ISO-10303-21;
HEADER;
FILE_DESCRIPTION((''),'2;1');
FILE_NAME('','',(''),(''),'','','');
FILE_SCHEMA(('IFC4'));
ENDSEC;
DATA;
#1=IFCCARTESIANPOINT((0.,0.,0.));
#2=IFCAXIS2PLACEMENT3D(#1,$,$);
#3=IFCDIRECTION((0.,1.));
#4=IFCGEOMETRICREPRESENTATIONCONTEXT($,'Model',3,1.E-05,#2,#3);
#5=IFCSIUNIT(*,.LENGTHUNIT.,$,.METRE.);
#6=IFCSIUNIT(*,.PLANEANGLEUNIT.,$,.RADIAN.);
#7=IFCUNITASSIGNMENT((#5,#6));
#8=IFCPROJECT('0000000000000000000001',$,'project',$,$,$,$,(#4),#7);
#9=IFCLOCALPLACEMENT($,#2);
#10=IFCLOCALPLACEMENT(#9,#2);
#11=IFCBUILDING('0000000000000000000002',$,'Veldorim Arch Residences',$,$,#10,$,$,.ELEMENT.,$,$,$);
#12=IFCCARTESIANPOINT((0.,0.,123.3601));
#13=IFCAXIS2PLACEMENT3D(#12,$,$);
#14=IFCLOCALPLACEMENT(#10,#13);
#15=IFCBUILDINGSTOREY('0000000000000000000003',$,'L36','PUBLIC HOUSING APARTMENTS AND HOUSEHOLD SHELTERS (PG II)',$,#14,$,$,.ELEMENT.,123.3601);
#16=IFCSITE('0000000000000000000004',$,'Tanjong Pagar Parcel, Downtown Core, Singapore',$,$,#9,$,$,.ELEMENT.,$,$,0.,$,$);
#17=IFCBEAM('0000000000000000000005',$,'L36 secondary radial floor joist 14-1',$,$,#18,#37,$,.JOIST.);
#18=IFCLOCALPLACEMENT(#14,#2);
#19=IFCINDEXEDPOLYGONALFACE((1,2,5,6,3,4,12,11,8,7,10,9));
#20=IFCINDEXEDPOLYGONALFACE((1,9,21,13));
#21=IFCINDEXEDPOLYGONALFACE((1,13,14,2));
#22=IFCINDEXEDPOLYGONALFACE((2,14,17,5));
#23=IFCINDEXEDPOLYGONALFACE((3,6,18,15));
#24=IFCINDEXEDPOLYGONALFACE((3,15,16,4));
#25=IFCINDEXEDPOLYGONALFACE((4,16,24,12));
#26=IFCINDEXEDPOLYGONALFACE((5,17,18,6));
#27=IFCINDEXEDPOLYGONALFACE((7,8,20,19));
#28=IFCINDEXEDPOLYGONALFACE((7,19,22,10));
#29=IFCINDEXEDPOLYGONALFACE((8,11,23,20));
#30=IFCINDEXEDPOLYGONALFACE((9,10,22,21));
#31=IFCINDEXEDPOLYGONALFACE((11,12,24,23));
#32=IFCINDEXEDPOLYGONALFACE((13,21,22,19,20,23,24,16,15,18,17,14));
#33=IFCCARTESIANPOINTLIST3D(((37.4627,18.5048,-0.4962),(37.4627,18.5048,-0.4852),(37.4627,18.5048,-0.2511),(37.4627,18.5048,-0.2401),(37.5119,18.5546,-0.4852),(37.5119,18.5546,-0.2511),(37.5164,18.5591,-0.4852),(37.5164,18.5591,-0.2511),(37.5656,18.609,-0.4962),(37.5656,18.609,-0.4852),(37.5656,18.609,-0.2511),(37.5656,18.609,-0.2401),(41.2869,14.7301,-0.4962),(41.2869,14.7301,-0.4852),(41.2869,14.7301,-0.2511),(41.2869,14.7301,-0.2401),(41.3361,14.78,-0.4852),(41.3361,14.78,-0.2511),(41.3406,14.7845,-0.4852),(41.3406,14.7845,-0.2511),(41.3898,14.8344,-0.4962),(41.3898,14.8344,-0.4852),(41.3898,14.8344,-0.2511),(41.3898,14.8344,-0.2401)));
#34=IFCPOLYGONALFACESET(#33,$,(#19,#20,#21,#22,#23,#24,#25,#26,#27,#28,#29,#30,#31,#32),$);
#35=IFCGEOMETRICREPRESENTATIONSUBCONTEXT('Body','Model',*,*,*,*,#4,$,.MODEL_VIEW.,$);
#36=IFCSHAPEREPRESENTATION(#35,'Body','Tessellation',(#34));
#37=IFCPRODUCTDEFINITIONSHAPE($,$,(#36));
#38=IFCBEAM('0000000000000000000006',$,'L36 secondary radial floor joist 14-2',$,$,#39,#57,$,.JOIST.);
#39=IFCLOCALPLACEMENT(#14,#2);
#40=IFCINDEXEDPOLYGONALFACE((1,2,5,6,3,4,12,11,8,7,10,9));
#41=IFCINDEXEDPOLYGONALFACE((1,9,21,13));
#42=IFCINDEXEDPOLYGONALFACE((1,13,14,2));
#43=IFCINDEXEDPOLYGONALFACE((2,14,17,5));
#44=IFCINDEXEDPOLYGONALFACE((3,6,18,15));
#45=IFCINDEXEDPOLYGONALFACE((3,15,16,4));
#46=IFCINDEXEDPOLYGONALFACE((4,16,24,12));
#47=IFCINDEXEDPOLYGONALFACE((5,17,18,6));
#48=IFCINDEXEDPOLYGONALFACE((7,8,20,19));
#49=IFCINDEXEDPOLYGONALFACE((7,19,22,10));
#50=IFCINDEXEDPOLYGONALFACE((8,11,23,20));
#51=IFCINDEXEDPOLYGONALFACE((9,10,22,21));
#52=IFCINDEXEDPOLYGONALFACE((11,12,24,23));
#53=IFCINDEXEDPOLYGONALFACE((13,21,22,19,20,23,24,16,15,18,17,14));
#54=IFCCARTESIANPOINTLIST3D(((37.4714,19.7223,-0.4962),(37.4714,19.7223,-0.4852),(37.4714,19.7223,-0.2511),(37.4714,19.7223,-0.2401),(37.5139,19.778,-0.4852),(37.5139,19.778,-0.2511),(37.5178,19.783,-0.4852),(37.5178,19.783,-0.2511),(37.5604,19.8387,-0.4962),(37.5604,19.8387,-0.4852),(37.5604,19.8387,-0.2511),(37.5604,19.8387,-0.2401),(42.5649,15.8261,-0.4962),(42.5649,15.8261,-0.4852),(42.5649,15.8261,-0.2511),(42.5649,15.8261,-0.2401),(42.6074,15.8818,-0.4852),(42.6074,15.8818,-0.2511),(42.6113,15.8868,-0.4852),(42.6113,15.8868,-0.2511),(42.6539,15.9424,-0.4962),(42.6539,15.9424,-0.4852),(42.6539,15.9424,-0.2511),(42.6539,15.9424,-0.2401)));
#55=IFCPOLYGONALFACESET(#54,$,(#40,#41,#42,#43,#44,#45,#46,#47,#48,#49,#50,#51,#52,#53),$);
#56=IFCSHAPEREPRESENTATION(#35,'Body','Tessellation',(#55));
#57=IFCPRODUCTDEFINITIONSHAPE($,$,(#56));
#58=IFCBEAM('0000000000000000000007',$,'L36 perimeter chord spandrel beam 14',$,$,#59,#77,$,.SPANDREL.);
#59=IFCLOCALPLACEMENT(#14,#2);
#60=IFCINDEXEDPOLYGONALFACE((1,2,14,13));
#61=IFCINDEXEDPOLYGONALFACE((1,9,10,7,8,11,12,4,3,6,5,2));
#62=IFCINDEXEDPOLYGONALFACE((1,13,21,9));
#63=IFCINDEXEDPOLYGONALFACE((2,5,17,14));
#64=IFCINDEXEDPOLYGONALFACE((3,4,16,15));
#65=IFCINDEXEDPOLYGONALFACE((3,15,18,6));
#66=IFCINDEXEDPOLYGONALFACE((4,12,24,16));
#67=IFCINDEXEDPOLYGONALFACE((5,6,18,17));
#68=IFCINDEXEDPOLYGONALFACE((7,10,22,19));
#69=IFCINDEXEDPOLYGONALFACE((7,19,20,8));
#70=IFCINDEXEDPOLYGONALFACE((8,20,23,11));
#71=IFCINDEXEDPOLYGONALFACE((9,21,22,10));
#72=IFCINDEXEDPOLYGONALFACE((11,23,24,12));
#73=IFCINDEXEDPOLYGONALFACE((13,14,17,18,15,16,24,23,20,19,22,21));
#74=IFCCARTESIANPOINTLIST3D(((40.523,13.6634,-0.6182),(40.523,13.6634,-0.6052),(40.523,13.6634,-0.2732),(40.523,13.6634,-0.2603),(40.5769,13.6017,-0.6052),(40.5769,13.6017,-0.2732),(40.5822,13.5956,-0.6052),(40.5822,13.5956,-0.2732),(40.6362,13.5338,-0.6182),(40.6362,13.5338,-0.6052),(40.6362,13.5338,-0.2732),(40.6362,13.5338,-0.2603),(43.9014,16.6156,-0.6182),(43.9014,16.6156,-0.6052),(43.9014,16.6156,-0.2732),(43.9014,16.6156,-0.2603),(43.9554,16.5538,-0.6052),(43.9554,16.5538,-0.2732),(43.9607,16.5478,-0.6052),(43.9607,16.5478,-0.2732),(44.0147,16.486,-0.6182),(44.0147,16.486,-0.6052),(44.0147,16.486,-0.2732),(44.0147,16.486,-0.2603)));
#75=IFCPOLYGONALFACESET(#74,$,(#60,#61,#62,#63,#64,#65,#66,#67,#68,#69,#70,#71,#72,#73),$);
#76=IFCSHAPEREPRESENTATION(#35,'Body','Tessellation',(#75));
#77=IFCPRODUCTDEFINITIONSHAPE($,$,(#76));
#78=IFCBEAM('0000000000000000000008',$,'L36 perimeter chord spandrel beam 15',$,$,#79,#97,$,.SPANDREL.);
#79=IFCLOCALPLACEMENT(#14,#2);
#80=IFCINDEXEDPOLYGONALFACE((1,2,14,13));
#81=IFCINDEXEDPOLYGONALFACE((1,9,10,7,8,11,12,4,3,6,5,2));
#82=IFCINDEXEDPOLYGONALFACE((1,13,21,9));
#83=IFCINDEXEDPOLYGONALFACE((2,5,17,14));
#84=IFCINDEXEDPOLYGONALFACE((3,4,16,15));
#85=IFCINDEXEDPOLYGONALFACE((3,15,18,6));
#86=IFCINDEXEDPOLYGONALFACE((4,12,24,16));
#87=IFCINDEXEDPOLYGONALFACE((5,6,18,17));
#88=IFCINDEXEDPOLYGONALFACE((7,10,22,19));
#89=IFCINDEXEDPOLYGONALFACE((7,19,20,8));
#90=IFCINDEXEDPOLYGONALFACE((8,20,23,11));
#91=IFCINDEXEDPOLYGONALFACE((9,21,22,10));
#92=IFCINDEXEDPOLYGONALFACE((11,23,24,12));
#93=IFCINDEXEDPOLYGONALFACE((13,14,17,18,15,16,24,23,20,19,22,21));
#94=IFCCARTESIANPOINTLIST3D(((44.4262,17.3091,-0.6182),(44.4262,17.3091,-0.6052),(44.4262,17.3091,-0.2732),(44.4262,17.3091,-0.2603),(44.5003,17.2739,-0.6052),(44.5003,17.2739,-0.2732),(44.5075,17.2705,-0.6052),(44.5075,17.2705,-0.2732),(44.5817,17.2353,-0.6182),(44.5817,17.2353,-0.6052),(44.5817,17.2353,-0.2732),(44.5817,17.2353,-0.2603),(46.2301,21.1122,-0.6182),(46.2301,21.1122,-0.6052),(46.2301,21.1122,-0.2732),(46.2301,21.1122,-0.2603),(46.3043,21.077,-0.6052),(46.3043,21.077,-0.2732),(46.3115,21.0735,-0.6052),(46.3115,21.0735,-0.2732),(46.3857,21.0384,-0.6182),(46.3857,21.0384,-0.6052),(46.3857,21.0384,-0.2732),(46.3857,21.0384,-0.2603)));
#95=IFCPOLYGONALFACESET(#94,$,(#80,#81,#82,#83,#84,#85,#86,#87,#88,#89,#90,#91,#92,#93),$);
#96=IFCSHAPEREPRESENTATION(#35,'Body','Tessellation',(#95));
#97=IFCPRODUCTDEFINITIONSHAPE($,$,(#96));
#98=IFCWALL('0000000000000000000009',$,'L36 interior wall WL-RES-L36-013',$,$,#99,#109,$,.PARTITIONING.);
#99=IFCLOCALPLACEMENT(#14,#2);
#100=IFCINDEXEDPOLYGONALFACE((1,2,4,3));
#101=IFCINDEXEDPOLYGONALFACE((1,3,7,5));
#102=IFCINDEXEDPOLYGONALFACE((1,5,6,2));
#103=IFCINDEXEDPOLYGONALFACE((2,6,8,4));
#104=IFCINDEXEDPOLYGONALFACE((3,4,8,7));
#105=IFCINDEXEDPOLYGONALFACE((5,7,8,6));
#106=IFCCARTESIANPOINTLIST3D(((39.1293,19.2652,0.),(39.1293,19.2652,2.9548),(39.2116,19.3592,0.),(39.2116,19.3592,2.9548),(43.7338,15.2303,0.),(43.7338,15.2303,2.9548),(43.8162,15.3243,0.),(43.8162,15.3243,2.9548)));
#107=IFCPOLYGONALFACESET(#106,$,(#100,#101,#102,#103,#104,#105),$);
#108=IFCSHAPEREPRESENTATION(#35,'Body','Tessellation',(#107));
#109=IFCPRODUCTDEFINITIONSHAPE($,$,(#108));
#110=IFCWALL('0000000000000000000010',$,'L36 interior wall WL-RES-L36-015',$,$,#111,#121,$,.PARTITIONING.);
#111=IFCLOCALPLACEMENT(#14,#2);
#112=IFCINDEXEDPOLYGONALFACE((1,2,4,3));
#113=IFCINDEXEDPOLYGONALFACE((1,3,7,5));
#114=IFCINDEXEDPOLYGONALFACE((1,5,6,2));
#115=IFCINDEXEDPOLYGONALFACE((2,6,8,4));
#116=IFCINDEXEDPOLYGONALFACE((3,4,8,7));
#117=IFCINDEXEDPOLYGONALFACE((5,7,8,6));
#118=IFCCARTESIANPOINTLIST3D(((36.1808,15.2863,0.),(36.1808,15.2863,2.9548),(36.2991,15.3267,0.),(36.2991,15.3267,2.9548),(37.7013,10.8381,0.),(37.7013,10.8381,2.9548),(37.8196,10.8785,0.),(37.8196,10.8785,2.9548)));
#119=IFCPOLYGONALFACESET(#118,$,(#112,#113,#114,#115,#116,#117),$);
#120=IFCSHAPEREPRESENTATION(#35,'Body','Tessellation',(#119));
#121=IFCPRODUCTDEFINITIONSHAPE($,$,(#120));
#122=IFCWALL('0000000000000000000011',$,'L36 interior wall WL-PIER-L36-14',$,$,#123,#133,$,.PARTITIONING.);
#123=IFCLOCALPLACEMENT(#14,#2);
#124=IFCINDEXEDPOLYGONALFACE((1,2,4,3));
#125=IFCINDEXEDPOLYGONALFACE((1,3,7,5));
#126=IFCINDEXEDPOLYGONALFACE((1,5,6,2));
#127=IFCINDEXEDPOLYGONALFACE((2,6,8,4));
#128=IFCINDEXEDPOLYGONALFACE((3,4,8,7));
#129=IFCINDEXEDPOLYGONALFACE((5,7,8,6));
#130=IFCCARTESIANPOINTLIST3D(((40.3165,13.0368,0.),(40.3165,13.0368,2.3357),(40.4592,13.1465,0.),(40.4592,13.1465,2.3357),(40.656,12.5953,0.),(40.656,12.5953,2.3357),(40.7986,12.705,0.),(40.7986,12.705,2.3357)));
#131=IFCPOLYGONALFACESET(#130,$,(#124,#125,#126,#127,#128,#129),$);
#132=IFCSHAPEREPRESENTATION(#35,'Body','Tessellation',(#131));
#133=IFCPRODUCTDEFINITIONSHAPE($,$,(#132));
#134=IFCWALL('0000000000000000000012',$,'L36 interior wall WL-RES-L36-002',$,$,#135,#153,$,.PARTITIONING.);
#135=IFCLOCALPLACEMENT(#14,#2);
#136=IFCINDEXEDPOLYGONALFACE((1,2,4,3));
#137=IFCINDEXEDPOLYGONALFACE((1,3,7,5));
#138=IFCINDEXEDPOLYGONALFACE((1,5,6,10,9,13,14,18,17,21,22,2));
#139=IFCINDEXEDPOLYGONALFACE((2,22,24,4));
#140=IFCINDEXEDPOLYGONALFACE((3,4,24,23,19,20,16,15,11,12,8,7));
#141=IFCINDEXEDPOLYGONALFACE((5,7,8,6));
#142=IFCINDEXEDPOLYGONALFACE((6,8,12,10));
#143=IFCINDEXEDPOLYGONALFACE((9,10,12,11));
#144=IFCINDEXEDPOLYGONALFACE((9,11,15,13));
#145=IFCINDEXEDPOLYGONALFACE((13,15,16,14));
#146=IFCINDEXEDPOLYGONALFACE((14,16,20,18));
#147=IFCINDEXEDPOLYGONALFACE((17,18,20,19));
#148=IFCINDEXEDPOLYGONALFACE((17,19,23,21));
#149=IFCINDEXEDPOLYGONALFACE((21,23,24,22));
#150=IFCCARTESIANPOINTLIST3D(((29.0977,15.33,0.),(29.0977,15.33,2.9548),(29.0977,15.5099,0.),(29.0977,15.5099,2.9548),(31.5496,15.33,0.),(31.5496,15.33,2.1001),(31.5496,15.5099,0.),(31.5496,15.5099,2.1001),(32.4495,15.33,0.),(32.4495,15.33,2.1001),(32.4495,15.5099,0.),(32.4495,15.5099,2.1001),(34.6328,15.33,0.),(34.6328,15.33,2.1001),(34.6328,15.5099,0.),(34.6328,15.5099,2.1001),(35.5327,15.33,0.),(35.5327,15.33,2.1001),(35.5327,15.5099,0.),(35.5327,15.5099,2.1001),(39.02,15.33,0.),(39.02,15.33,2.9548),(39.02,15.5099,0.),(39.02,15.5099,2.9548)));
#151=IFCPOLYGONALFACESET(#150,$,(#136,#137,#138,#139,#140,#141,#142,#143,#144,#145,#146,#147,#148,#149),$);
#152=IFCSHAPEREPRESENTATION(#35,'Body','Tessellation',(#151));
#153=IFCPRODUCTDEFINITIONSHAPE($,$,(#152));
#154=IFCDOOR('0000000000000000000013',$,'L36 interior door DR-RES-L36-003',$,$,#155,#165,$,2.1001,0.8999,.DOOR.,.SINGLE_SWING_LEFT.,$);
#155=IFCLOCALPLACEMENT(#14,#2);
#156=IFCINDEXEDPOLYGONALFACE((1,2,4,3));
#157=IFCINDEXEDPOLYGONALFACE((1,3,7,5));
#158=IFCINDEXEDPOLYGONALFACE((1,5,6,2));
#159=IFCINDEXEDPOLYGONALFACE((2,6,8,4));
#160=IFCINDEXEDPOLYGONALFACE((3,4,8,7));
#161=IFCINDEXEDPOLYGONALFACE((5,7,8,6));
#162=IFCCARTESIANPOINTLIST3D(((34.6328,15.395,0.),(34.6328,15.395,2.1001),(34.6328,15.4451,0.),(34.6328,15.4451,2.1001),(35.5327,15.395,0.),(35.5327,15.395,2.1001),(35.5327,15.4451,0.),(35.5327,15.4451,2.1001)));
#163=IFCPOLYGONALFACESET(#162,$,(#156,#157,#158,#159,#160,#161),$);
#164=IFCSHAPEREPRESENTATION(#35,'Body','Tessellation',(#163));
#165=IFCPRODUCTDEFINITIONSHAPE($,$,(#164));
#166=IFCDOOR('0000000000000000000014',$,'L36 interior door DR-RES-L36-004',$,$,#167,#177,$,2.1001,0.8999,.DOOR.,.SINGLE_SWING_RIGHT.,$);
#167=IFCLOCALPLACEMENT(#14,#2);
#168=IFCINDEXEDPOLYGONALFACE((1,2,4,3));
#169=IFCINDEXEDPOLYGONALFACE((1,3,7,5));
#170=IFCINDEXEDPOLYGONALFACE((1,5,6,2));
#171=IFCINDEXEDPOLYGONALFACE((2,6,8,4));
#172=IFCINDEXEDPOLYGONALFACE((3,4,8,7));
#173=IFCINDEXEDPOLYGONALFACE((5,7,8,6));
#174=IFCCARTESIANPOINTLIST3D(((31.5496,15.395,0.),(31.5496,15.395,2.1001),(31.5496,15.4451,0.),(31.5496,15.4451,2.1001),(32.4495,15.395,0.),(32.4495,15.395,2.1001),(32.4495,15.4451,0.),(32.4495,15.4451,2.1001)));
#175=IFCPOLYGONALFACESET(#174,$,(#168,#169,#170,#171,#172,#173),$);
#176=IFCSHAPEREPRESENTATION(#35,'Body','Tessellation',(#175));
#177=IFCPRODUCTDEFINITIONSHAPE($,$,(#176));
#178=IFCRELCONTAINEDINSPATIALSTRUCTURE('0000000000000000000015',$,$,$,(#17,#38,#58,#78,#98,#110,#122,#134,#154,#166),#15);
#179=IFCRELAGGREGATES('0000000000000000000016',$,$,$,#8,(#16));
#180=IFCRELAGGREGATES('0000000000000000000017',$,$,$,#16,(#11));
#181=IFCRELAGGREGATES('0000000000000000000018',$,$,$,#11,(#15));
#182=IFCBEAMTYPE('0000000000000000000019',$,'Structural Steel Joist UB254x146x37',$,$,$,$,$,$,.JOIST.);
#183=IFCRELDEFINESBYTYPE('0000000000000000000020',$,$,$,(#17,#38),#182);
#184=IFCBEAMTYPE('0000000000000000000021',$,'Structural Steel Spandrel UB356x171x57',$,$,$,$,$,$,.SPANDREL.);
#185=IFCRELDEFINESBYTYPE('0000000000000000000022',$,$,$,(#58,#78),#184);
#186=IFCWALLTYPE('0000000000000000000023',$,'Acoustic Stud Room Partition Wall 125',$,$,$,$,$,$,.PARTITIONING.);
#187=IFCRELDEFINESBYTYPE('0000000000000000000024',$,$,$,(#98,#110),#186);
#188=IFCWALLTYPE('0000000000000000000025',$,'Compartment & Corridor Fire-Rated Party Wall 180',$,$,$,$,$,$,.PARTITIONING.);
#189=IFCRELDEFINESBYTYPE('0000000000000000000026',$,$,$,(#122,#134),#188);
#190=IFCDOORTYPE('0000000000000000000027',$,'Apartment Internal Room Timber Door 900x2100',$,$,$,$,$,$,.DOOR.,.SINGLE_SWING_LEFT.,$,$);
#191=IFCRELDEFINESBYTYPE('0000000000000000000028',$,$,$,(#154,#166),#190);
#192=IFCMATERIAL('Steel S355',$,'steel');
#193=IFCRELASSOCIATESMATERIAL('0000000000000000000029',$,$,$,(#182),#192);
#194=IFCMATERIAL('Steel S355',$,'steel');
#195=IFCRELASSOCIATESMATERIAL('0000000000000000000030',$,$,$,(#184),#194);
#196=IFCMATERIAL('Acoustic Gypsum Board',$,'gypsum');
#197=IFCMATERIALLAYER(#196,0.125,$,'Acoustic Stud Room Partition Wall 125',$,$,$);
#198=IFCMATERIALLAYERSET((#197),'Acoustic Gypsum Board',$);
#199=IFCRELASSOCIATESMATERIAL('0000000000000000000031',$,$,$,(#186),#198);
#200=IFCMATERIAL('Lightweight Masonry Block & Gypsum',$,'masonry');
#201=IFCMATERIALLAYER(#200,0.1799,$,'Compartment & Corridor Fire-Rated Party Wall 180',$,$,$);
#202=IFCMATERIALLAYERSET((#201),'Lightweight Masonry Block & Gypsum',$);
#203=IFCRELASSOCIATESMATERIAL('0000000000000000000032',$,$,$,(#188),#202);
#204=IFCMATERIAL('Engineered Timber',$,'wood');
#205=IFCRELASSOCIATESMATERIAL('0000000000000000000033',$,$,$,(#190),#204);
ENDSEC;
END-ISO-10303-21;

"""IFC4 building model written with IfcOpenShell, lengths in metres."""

from ifc_helpers import new_model, si_unit, direction, frame, frame_2d, origin, origin_2d, place, context, subcontext, project, spatial, rectangle, i_section, extrude, material, layer, layer_set, material_profile, profile_set, type_object, element, fill, save


model = new_model("IFC4")

# Units and contexts
model_context = context("Model", 3, precision=1e-05, world=origin(), true_north=direction((0.0, 1.0)))
body_context = subcontext(model_context, "Body", "Model", "MODEL_VIEW")
ifc_project = project(units=[si_unit("LENGTHUNIT", "METRE"), si_unit("PLANEANGLEUNIT", "RADIAN")], contexts=[model_context])

# Site, building, storey
site_placement = place(None, origin())
site = spatial("IfcSite", under=ifc_project, at=site_placement, Name="Tanjong Pagar Parcel, Downtown Core, Singapore", CompositionType="ELEMENT", RefElevation=0.0)
building_placement = place(site_placement, origin())
building = spatial("IfcBuilding", under=site, at=building_placement, Name="Veldorim Arch Residences", CompositionType="ELEMENT")
storey_placement = place(building_placement, frame((0.0, 0.0, 123.3601)))
storey = spatial("IfcBuildingStorey", under=building, at=storey_placement, Name="L36", Description="PUBLIC HOUSING APARTMENTS AND HOUSEHOLD SHELTERS (PG II)", CompositionType="ELEMENT", Elevation=123.3601)

# Beams
ifc_material_1 = material(Name="Steel S355", Category="steel")
ifc_material_profile_1 = material_profile(ifc_material_1, i_section(OverallWidth=0.1465, OverallDepth=0.2561, WebThickness=0.0063, FlangeThickness=0.011, at=origin_2d()), Name="UB254x146x37")
ifc_profile_set_1 = profile_set([ifc_material_profile_1], Name="Steel S355")
beam_type_1 = type_object("IfcBeamType", Name="Structural Steel Joist UB254x146x37", PredefinedType="JOIST", material=ifc_profile_set_1)
beam_1_placement = place(storey_placement, frame((37.5142, 18.5569, -0.3682), z_axis=(0.711703, -0.70248, 0.0), x_axis=(0.70248, 0.711703, 0.0)))
element("IfcBeam", 1, at=beam_1_placement, inside=storey, type_object=beam_type_1, Name="L36 secondary radial floor joist 14-1", PredefinedType="JOIST", context=body_context, shape_type="SweptSolid", body=[
    extrude(i_section(OverallWidth=0.1465, OverallDepth=0.2561, WebThickness=0.0063, FlangeThickness=0.011, at=origin_2d()), origin(), (0.0, 0.0, 1.0), 5.3733),
])
beam_2_placement = place(storey_placement, frame((37.5159, 19.7805, -0.3682), z_axis=(0.794267, -0.607569, 0.0), x_axis=(0.607569, 0.794267, 0.0)))
element("IfcBeam", 2, at=beam_2_placement, inside=storey, type_object=beam_type_1, Name="L36 secondary radial floor joist 14-2", PredefinedType="JOIST", context=body_context, shape_type="SweptSolid", body=[
    extrude(i_section(OverallWidth=0.1465, OverallDepth=0.2561, WebThickness=0.0063, FlangeThickness=0.011, at=origin_2d()), origin(), (0.0, 0.0, 1.0), 6.4128),
])
ifc_material_2 = material(Name="Steel S355", Category="steel")
ifc_material_profile_2 = material_profile(ifc_material_2, i_section(OverallWidth=0.1721, OverallDepth=0.3579, WebThickness=0.0081, FlangeThickness=0.0129, at=origin_2d()), Name="UB356x171x57")
ifc_profile_set_2 = profile_set([ifc_material_profile_2], Name="Steel S355")
beam_type_2 = type_object("IfcBeamType", Name="Structural Steel Spandrel UB356x171x57", PredefinedType="SPANDREL", material=ifc_profile_set_2)
beam_3_placement = place(storey_placement, frame((40.5796, 13.5986, -0.4392), z_axis=(0.753015, 0.658004, 0.0), x_axis=(-0.658004, 0.753015, 0.0)))
element("IfcBeam", 3, at=beam_3_placement, inside=storey, type_object=beam_type_2, Name="L36 perimeter chord spandrel beam 14", PredefinedType="SPANDREL", context=body_context, shape_type="SweptSolid", body=[
    extrude(i_section(OverallWidth=0.1721, OverallDepth=0.3579, WebThickness=0.0081, FlangeThickness=0.0129, at=origin_2d()), origin(), (0.0, 0.0, 1.0), 4.4866),
])
beam_4_placement = place(storey_placement, frame((44.5039, 17.2722, -0.4392), z_axis=(0.42858, 0.903504, 0.0), x_axis=(-0.903504, 0.42858, 0.0)))
element("IfcBeam", 4, at=beam_4_placement, inside=storey, type_object=beam_type_2, Name="L36 perimeter chord spandrel beam 15", PredefinedType="SPANDREL", context=body_context, shape_type="SweptSolid", body=[
    extrude(i_section(OverallWidth=0.1721, OverallDepth=0.3579, WebThickness=0.0081, FlangeThickness=0.0129, at=origin_2d()), origin(), (0.0, 0.0, 1.0), 4.2092),
])

# Walls
ifc_material_3 = material(Name="Acoustic Gypsum Board", Category="gypsum")
ifc_layer_1 = layer(ifc_material_3, 0.125, Name="Acoustic Stud Room Partition Wall 125")
ifc_layer_set_1 = layer_set([ifc_layer_1], Name="Acoustic Gypsum Board")
wall_type_1 = type_object("IfcWallType", Name="Acoustic Stud Room Partition Wall 125", PredefinedType="PARTITIONING", material=ifc_layer_set_1)
wall_1_placement = place(storey_placement, frame((43.7749, 15.2773, 0.0), z_axis=(0.0, 0.0, 1.0), x_axis=(-0.752092, 0.659058, 0.0)))
element("IfcWall", 5, at=wall_1_placement, inside=storey, type_object=wall_type_1, Name="L36 interior wall WL-RES-L36-013", PredefinedType="PARTITIONING", context=body_context, shape_type="SweptSolid", body=[
    extrude(rectangle(XDim=6.1223, YDim=0.125, at=frame_2d((3.061, 0.0))), origin(), (0.0, 0.0, 1.0), 2.9548),
])
wall_2_placement = place(storey_placement, frame((37.7605, 10.8582, 0.0), z_axis=(0.0, 0.0, 1.0), x_axis=(-0.323448, 0.946246, 0.0)))
element("IfcWall", 6, at=wall_2_placement, inside=storey, type_object=wall_type_1, Name="L36 interior wall WL-RES-L36-015", PredefinedType="PARTITIONING", context=body_context, shape_type="SweptSolid", body=[
    extrude(rectangle(XDim=4.7009, YDim=0.125, at=frame_2d((2.3506, 0.0))), origin(), (0.0, 0.0, 1.0), 2.9548),
])
ifc_material_4 = material(Name="Lightweight Masonry Block & Gypsum", Category="masonry")
ifc_layer_2 = layer(ifc_material_4, 0.1799, Name="Compartment & Corridor Fire-Rated Party Wall 180")
ifc_layer_set_2 = layer_set([ifc_layer_2], Name="Lightweight Masonry Block & Gypsum")
wall_type_2 = type_object("IfcWallType", Name="Compartment & Corridor Fire-Rated Party Wall 180", PredefinedType="PARTITIONING", material=ifc_layer_set_2)
wall_3_placement = place(storey_placement, frame((40.3879, 13.0916, 0.0), z_axis=(0.0, 0.0, 1.0), x_axis=(0.609499, -0.792787, 0.0)))
element("IfcWall", 7, at=wall_3_placement, inside=storey, type_object=wall_type_2, Name="L36 interior wall WL-PIER-L36-14", PredefinedType="PARTITIONING", context=body_context, shape_type="SweptSolid", body=[
    extrude(rectangle(XDim=0.5569, YDim=0.1799, at=frame_2d((0.2783, 0.0))), origin(), (0.0, 0.0, 1.0), 2.3357),
])

# Wall, openings, doors
wall_4_placement = place(storey_placement, frame((39.02, 15.4199, 0.0), z_axis=(0.0, 0.0, 1.0), x_axis=(-1.0, 0.0, 0.0)))
wall_4 = element("IfcWall", 8, at=wall_4_placement, inside=storey, type_object=wall_type_2, Name="L36 interior wall WL-RES-L36-002", PredefinedType="PARTITIONING", context=body_context, shape_type="SweptSolid", body=[
    extrude(rectangle(XDim=9.9224, YDim=0.1799, at=frame_2d((4.9612, 0.0))), origin(), (0.0, 0.0, 1.0), 2.9548),
])
opening_1_placement = place(wall_4_placement, frame((3.4873, 0.0, 0.0)))
opening_1 = element("IfcOpeningElement", 9, at=opening_1_placement, cuts=wall_4, PredefinedType="OPENING", context=body_context, shape_type="SweptSolid", body=[
    extrude(rectangle(XDim=0.8999, YDim=2.1001, at=frame_2d((0.45, 1.05))), frame((0.0, 0.0999, 0.0), z_axis=(0.0, -1.0, 0.0), x_axis=(1.0, 0.0, 0.0)), (0.0, 0.0, 1.0), 0.2),
])
opening_2_placement = place(wall_4_placement, frame((6.5706, 0.0, 0.0)))
opening_2 = element("IfcOpeningElement", 10, at=opening_2_placement, cuts=wall_4, PredefinedType="OPENING", context=body_context, shape_type="SweptSolid", body=[
    extrude(rectangle(XDim=0.8999, YDim=2.1001, at=frame_2d((0.45, 1.05))), frame((0.0, 0.0999, 0.0), z_axis=(0.0, -1.0, 0.0), x_axis=(1.0, 0.0, 0.0)), (0.0, 0.0, 1.0), 0.2),
])
ifc_material_5 = material(Name="Engineered Timber", Category="wood")
door_type = type_object("IfcDoorType", Name="Apartment Internal Room Timber Door 900x2100", OperationType="SINGLE_SWING_LEFT", PredefinedType="DOOR", material=ifc_material_5)
door_1_placement = place(opening_1_placement, origin())
door_1 = element("IfcDoor", 11, at=door_1_placement, inside=storey, type_object=door_type, Name="L36 interior door DR-RES-L36-003", OperationType="SINGLE_SWING_LEFT", OverallHeight=2.1001, OverallWidth=0.8999, PredefinedType="DOOR", context=body_context, shape_type="SweptSolid", body=[
    extrude(rectangle(XDim=0.8999, YDim=2.1001, at=frame_2d((0.45, 1.05))), frame((0.0, 0.0249, 0.0), z_axis=(0.0, -1.0, 0.0), x_axis=(1.0, 0.0, 0.0)), (0.0, 0.0, 1.0), 0.05),
])
fill(opening_1, door_1)
door_2_placement = place(opening_2_placement, origin())
door_2 = element("IfcDoor", 12, at=door_2_placement, inside=storey, type_object=door_type, Name="L36 interior door DR-RES-L36-004", OperationType="SINGLE_SWING_RIGHT", OverallHeight=2.1001, OverallWidth=0.8999, PredefinedType="DOOR", context=body_context, shape_type="SweptSolid", body=[
    extrude(rectangle(XDim=0.8999, YDim=2.1001, at=frame_2d((0.45, 1.05))), frame((0.0, 0.0249, 0.0), z_axis=(0.0, -1.0, 0.0), x_axis=(1.0, 0.0, 0.0)), (0.0, 0.0, 1.0), 0.05),
])
fill(opening_2, door_2)

save(model, "model.ifc")
